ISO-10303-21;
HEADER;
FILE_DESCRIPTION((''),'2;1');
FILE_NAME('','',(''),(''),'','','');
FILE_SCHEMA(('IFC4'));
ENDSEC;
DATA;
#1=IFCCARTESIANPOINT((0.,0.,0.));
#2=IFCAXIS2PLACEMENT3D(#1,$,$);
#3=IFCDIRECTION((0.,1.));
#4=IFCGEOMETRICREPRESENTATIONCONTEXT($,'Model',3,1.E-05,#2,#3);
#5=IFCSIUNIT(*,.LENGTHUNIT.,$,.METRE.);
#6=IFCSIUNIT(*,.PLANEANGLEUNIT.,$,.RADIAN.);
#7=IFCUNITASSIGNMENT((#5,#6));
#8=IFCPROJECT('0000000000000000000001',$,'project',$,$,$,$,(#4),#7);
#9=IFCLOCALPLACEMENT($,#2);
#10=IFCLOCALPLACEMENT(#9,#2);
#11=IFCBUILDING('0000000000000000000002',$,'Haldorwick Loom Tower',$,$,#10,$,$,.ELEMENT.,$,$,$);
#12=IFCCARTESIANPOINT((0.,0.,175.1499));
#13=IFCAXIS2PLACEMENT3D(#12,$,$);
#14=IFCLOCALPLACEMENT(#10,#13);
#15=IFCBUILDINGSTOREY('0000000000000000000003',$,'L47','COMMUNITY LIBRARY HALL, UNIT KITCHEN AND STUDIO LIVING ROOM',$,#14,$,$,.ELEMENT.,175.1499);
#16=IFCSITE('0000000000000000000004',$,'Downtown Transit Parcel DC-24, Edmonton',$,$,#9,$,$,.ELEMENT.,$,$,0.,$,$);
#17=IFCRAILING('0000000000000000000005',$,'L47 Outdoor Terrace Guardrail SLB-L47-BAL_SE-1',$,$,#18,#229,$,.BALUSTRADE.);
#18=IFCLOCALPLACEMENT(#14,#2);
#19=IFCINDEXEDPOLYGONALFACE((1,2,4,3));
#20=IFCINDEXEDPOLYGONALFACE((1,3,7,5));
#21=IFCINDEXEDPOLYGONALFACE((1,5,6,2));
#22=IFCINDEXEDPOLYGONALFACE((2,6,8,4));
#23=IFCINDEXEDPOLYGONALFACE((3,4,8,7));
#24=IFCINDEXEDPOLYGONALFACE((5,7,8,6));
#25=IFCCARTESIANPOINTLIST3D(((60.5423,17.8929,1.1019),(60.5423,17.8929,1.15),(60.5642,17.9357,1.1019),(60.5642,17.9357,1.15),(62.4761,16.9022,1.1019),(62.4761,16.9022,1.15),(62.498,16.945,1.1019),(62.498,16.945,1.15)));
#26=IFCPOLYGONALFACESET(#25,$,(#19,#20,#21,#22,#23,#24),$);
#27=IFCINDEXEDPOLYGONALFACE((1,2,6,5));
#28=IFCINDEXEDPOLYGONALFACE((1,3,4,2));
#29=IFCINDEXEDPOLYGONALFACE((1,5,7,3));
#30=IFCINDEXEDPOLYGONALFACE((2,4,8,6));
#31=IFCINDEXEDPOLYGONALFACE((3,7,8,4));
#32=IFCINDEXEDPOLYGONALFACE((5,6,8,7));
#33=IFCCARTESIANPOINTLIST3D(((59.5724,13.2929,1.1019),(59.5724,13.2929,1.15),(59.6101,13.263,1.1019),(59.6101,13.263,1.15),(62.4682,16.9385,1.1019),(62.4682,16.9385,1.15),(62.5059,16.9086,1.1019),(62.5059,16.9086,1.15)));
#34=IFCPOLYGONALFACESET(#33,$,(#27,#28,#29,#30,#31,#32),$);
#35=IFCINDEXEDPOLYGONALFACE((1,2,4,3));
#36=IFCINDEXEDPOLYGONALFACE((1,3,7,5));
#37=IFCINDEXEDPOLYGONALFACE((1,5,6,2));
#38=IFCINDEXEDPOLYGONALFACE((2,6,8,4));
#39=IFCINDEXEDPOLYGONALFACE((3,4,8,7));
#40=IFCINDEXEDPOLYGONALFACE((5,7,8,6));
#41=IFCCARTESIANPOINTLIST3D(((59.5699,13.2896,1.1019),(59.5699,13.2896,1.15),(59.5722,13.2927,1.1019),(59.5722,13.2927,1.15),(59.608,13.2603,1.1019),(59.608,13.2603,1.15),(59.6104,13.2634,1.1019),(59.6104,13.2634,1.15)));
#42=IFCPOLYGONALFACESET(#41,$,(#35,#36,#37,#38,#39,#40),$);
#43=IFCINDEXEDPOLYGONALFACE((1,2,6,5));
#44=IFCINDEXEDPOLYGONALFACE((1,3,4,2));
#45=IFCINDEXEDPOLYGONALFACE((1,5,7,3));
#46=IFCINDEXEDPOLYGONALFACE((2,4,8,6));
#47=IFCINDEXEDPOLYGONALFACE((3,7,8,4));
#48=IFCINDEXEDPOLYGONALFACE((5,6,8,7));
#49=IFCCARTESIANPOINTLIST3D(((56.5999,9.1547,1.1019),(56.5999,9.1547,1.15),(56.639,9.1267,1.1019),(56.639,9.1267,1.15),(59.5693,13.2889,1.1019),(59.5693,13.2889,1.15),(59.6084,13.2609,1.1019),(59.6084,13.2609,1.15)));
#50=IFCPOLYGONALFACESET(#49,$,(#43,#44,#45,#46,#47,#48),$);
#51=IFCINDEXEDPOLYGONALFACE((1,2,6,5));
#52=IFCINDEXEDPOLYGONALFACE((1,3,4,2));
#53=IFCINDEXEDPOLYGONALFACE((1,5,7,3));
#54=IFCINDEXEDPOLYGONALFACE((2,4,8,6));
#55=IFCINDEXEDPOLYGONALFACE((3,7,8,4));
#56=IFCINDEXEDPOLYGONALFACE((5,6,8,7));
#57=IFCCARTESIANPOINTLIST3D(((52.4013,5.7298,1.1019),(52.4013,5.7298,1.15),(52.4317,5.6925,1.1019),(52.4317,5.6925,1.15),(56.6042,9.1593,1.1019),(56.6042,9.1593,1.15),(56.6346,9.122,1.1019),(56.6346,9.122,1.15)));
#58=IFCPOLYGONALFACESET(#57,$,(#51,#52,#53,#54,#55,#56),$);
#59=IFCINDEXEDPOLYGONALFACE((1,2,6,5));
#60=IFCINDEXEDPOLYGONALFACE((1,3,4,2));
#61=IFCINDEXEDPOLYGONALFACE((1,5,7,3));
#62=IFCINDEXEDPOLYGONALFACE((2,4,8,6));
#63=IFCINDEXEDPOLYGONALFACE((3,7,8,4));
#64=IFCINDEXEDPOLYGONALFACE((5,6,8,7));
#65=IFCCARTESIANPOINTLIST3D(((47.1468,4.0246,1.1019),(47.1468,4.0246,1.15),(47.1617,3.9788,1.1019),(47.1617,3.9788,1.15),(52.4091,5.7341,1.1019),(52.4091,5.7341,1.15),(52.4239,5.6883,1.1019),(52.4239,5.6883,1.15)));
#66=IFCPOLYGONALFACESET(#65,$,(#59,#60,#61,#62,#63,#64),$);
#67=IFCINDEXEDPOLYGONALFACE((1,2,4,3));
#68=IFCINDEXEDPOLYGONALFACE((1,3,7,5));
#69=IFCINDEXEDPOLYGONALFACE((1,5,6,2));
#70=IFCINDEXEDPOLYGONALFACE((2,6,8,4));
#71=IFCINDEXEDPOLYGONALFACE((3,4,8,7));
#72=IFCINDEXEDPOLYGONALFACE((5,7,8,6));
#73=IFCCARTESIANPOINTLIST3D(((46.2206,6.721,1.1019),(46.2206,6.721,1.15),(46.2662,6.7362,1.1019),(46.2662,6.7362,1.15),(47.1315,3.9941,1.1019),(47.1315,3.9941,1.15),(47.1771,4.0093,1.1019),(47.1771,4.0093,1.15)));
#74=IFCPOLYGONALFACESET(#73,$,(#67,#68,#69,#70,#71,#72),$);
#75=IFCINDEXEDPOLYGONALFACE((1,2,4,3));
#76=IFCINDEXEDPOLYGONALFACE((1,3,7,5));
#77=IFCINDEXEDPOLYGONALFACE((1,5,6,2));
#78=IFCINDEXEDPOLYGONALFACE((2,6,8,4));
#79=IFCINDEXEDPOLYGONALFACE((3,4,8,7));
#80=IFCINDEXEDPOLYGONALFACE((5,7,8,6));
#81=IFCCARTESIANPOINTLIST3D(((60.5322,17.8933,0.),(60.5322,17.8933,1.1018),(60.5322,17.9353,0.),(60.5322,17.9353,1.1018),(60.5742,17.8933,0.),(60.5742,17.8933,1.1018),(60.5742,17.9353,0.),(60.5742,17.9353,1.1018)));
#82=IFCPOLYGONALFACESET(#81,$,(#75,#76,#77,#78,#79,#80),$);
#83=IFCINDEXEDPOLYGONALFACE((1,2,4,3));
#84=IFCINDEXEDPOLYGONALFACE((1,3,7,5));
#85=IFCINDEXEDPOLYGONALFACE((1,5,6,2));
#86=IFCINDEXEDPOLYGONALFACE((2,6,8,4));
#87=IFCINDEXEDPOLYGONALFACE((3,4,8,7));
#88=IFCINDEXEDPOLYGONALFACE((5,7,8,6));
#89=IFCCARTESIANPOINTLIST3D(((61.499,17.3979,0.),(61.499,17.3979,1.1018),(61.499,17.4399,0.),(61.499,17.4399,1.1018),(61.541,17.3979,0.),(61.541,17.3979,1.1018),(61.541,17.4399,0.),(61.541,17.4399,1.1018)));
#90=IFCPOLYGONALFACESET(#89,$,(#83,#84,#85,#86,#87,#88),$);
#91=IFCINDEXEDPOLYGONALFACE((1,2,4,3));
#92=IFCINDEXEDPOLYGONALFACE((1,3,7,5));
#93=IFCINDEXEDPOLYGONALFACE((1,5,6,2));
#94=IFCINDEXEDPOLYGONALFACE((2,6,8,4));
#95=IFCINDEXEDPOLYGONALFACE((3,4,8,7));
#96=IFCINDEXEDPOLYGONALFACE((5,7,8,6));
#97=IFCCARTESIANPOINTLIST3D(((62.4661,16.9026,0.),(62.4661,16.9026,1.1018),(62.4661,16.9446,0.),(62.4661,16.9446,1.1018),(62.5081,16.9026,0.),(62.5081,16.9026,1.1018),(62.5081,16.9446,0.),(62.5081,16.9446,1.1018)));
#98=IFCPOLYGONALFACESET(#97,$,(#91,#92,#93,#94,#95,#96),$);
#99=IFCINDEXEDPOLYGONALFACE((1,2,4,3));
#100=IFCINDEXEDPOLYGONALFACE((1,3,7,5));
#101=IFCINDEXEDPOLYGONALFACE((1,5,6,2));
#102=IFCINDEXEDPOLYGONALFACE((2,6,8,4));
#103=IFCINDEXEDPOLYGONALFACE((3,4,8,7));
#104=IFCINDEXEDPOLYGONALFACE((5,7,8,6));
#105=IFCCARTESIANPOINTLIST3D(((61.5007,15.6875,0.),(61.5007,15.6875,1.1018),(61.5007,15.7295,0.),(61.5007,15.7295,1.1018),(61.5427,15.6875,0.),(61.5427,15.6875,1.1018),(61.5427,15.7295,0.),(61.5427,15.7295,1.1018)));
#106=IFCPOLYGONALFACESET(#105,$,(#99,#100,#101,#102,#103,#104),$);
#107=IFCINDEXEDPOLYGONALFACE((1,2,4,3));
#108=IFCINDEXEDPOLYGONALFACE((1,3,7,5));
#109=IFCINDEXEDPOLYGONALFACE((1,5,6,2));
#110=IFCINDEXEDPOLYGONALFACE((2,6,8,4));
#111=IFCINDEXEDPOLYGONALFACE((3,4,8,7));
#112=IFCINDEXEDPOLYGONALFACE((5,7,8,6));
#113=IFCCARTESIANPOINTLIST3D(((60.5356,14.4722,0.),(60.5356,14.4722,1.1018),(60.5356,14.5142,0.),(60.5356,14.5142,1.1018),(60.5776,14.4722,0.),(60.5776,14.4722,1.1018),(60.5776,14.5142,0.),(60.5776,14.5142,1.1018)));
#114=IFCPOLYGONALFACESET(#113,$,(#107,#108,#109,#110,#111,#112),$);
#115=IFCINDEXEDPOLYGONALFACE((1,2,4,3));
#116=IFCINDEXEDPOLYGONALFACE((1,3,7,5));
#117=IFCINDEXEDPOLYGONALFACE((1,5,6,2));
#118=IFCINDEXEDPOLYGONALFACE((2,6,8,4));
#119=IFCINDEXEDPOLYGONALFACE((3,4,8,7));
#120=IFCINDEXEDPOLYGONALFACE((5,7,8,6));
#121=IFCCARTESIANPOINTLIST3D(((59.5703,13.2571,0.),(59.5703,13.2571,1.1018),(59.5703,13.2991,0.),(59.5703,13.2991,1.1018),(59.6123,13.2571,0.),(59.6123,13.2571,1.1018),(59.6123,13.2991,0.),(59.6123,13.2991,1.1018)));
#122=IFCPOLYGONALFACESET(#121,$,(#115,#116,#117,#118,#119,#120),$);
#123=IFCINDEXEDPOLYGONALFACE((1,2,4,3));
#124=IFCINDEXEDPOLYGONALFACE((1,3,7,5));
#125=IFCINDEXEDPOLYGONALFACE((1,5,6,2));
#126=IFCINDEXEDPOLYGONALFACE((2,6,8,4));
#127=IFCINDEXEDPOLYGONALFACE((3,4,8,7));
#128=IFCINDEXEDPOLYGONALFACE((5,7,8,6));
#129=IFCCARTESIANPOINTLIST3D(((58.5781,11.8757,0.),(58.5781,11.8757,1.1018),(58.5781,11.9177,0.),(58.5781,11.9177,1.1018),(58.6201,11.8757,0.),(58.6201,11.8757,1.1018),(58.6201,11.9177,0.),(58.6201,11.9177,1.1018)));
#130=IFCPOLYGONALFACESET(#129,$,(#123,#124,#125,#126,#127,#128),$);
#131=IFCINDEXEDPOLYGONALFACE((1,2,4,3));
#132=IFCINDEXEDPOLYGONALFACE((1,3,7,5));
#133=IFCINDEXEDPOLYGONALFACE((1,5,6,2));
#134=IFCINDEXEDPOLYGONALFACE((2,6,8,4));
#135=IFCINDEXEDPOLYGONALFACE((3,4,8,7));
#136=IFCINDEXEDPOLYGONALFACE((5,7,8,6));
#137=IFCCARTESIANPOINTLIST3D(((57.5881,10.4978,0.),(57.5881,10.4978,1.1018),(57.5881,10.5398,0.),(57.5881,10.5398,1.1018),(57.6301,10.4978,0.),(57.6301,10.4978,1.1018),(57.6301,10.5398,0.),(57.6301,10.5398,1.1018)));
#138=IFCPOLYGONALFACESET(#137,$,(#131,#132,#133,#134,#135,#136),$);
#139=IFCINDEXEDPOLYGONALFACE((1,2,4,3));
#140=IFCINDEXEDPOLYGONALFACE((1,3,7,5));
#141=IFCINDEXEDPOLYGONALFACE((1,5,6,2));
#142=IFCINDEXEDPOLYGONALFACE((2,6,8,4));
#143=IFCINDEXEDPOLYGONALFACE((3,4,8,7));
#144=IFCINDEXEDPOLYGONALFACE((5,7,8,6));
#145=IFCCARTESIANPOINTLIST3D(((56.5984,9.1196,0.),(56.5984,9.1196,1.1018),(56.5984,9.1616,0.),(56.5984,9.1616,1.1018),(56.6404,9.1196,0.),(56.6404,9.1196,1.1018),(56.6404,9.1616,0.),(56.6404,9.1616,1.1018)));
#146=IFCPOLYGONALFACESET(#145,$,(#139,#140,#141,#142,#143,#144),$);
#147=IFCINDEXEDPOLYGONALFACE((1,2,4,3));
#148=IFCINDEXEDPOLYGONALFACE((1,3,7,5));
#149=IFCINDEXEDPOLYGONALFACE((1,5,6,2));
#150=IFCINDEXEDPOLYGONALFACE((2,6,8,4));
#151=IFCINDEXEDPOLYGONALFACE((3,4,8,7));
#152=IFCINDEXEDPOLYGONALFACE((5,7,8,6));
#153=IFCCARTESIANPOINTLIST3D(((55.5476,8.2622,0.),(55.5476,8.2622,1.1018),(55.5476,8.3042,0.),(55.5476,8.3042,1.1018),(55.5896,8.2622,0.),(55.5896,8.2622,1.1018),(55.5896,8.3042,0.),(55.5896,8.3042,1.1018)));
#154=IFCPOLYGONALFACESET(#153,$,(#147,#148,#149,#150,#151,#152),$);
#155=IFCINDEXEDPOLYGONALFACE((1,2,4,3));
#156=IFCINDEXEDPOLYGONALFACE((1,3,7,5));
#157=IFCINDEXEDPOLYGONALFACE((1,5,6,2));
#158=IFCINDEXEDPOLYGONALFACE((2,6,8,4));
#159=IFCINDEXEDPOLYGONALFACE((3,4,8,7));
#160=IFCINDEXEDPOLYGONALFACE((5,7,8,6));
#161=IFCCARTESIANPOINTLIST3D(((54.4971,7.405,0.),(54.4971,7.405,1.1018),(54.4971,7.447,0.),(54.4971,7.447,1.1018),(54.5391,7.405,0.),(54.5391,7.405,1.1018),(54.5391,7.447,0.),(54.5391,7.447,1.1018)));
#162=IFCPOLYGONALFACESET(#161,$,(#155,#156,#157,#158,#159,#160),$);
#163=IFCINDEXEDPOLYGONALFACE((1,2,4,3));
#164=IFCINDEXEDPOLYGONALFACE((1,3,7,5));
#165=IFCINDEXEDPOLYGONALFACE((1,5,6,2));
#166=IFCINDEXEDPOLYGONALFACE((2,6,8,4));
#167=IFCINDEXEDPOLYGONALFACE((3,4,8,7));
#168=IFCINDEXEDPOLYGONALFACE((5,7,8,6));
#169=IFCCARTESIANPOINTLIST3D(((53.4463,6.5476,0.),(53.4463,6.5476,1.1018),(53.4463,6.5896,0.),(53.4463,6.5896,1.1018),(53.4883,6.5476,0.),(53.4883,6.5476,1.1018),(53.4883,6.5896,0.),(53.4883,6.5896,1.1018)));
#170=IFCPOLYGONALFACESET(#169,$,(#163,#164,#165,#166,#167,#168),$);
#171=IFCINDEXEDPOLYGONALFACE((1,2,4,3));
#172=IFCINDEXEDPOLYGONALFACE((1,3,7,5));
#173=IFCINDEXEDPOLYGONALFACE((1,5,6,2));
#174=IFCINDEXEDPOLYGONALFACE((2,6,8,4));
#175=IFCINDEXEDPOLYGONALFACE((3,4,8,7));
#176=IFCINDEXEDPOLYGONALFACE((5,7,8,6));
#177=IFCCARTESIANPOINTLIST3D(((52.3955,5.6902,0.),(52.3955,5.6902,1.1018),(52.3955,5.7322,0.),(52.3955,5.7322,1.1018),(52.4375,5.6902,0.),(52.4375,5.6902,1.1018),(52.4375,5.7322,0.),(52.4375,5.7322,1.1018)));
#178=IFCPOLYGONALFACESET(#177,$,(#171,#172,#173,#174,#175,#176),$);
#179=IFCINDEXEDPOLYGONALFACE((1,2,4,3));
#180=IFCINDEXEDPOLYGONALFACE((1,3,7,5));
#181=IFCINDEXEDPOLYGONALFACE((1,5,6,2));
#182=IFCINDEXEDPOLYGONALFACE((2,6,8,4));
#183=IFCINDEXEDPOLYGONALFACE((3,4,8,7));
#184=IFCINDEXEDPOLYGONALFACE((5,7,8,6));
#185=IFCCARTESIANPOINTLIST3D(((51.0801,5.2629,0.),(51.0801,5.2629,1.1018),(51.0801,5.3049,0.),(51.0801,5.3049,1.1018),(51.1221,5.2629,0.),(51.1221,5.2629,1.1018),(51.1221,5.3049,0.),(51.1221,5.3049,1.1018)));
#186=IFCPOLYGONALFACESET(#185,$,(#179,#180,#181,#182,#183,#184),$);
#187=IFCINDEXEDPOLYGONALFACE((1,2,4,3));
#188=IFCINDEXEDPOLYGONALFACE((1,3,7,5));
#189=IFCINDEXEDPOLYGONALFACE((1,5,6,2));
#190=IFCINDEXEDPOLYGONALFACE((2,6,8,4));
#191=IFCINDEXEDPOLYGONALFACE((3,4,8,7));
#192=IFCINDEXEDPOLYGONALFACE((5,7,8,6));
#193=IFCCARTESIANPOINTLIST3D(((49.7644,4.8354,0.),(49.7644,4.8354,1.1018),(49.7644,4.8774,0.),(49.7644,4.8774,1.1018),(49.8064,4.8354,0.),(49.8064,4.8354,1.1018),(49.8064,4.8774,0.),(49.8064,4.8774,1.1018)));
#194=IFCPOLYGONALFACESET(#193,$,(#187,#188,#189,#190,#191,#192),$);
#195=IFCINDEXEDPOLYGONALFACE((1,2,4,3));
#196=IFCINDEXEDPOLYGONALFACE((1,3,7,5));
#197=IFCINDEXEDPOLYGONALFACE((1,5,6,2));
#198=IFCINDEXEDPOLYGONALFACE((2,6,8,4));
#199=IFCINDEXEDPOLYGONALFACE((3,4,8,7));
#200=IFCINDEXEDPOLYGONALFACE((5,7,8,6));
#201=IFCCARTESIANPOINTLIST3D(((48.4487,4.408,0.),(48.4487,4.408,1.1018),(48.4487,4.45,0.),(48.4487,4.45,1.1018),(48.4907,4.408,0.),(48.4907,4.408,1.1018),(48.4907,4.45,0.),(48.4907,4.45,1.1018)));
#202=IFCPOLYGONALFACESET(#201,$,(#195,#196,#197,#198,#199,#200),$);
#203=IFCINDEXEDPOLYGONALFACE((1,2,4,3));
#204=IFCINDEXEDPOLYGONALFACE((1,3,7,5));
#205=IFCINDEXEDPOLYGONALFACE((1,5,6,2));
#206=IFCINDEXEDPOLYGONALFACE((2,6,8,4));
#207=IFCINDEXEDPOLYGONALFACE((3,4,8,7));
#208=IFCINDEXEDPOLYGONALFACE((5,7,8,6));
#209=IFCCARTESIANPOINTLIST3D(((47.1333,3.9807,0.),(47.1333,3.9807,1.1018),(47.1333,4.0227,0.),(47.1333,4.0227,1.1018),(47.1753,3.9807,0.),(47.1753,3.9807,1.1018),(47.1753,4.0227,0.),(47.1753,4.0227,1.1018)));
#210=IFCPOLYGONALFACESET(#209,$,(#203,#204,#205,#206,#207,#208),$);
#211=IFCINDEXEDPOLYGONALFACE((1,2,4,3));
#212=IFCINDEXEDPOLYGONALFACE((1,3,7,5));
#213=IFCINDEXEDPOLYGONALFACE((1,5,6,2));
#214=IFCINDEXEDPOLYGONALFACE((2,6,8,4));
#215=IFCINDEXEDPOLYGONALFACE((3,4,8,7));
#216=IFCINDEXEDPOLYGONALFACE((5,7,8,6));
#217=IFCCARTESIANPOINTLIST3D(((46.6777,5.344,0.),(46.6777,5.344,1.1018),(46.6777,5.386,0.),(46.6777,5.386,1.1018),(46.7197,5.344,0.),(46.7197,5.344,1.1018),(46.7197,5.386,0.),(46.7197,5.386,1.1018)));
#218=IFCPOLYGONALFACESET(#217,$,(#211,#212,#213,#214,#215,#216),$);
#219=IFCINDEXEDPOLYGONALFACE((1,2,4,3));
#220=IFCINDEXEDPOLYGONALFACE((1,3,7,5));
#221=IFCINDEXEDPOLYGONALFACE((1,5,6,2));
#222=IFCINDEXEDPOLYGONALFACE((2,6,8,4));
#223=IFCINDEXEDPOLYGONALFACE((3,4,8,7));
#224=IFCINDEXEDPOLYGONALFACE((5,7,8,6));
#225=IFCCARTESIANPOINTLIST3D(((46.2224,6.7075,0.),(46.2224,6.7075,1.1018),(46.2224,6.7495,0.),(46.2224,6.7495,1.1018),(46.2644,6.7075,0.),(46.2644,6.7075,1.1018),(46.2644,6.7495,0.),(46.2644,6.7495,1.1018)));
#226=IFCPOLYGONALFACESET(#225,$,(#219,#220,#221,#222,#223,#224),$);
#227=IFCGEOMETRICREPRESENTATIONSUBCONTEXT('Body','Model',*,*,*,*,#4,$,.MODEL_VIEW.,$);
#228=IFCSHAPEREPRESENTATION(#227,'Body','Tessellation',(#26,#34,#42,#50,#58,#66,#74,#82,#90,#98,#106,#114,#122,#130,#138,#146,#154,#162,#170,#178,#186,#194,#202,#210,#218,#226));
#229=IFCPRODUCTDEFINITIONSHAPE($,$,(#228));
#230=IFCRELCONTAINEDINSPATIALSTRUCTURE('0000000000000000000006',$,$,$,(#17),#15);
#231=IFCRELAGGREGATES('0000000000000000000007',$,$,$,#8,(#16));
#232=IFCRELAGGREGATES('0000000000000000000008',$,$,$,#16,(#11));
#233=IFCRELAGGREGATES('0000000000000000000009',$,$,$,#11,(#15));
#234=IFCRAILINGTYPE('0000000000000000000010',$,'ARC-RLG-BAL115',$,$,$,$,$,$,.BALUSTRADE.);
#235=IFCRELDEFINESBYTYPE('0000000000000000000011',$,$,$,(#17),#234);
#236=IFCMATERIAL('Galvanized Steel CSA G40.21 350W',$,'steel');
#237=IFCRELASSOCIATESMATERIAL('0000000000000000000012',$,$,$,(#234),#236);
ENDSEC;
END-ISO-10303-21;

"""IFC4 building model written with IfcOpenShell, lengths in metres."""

from ifc_helpers import new_model, si_unit, direction, frame, origin, origin_2d, place, context, subcontext, project, spatial, rectangle, extrude, material, type_object, element, save


model = new_model("IFC4")

# Units and contexts
model_context = context("Model", 3, precision=1e-05, world=origin(), true_north=direction((0.0, 1.0)))
body_context = subcontext(model_context, "Body", "Model", "MODEL_VIEW")
ifc_project = project(units=[si_unit("LENGTHUNIT", "METRE"), si_unit("PLANEANGLEUNIT", "RADIAN")], contexts=[model_context])

# Site, building, storey
site_placement = place(None, origin())
site = spatial("IfcSite", under=ifc_project, at=site_placement, Name="Downtown Transit Parcel DC-24, Edmonton", CompositionType="ELEMENT", RefElevation=0.0)
building_placement = place(site_placement, origin())
building = spatial("IfcBuilding", under=site, at=building_placement, Name="Haldorwick Loom Tower", CompositionType="ELEMENT")
storey_placement = place(building_placement, frame((0.0, 0.0, 175.1499)))
storey = spatial("IfcBuildingStorey", under=building, at=storey_placement, Name="L47", Description="COMMUNITY LIBRARY HALL, UNIT KITCHEN AND STUDIO LIVING ROOM", CompositionType="ELEMENT", Elevation=175.1499)

# Railing
ifc_material_1 = material(Name="Galvanized Steel CSA G40.21 350W", Category="steel")
railing_type = type_object("IfcRailingType", Name="ARC-RLG-BAL115", PredefinedType="BALUSTRADE", material=ifc_material_1)
railing_placement = place(storey_placement, frame((60.5532, 17.9143, 0.0)))
element("IfcRailing", 1, at=railing_placement, inside=storey, type_object=railing_type, Name="L47 Outdoor Terrace Guardrail SLB-L47-BAL_SE-1", PredefinedType="BALUSTRADE", context=body_context, shape_type="SweptSolid", body=[
    extrude(rectangle(XDim=0.0481, YDim=0.0481, at=origin_2d()), frame((0.0, 0.0, 1.126), z_axis=(0.890002, -0.455956, 0.0), x_axis=(0.455956, 0.890002, 0.0)), (0.0, 0.0, 1.0), 2.1729),
    extrude(rectangle(XDim=0.0481, YDim=0.0481, at=origin_2d()), frame((1.9338, -0.9907, 1.126), z_axis=(-0.621986, -0.783028, 0.0), x_axis=(0.783028, -0.621986, 0.0)), (0.0, 0.0, 1.0), 4.6558),
    extrude(rectangle(XDim=0.0481, YDim=0.0481, at=origin_2d()), frame((-0.9619, -4.6362, 1.126), z_axis=(-0.609711, -0.792624, 0.0), x_axis=(0.792624, -0.609711, 0.0)), (0.0, 0.0, 1.0), 0.0039),
    extrude(rectangle(XDim=0.0481, YDim=0.0481, at=origin_2d()), frame((-0.9644, -4.6394, 1.126), z_axis=(-0.583373, -0.812204, 0.0), x_axis=(0.812204, -0.583373, 0.0)), (0.0, 0.0, 1.0), 5.0901),
    extrude(rectangle(XDim=0.0481, YDim=0.0481, at=origin_2d()), frame((-3.9338, -8.7737, 1.126), z_axis=(-0.774795, -0.632213, 0.0), x_axis=(0.632213, -0.774795, 0.0)), (0.0, 0.0, 1.0), 5.4246),
    extrude(rectangle(XDim=0.0481, YDim=0.0481, at=origin_2d()), frame((-8.1367, -12.2031, 1.126), z_axis=(-0.951074, -0.308964, 0.0), x_axis=(0.308964, -0.951074, 0.0)), (0.0, 0.0, 1.0), 5.533),
    extrude(rectangle(XDim=0.0481, YDim=0.0481, at=origin_2d()), frame((-13.3989, -13.9126, 1.126), z_axis=(-0.316839, 0.948479, 0.0), x_axis=(-0.948479, -0.316839, 0.0)), (0.0, 0.0, 1.0), 2.875),
    extrude(rectangle(XDim=0.042, YDim=0.042, at=origin_2d()), origin(), (0.0, 0.0, 1.0), 1.1018),
    extrude(rectangle(XDim=0.042, YDim=0.042, at=origin_2d()), frame((0.9668, -0.4954, 0.0)), (0.0, 0.0, 1.0), 1.1018),
    extrude(rectangle(XDim=0.042, YDim=0.042, at=origin_2d()), frame((1.9338, -0.9907, 0.0)), (0.0, 0.0, 1.0), 1.1018),
    extrude(rectangle(XDim=0.042, YDim=0.042, at=origin_2d()), frame((0.9685, -2.2058, 0.0)), (0.0, 0.0, 1.0), 1.1018),
    extrude(rectangle(XDim=0.042, YDim=0.042, at=origin_2d()), frame((0.0034, -3.4211, 0.0)), (0.0, 0.0, 1.0), 1.1018),
    extrude(rectangle(XDim=0.042, YDim=0.042, at=origin_2d()), frame((-0.9619, -4.6362, 0.0)), (0.0, 0.0, 1.0), 1.1018),
    extrude(rectangle(XDim=0.042, YDim=0.042, at=origin_2d()), frame((-1.9541, -6.0176, 0.0)), (0.0, 0.0, 1.0), 1.1018),
    extrude(rectangle(XDim=0.042, YDim=0.042, at=origin_2d()), frame((-2.9441, -7.3955, 0.0)), (0.0, 0.0, 1.0), 1.1018),
    extrude(rectangle(XDim=0.042, YDim=0.042, at=origin_2d()), frame((-3.9338, -8.7737, 0.0)), (0.0, 0.0, 1.0), 1.1018),
    extrude(rectangle(XDim=0.042, YDim=0.042, at=origin_2d()), frame((-4.9846, -9.6311, 0.0)), (0.0, 0.0, 1.0), 1.1018),
    extrude(rectangle(XDim=0.042, YDim=0.042, at=origin_2d()), frame((-6.0352, -10.4883, 0.0)), (0.0, 0.0, 1.0), 1.1018),
    extrude(rectangle(XDim=0.042, YDim=0.042, at=origin_2d()), frame((-7.0859, -11.3457, 0.0)), (0.0, 0.0, 1.0), 1.1018),
    extrude(rectangle(XDim=0.042, YDim=0.042, at=origin_2d()), frame((-8.1367, -12.2031, 0.0)), (0.0, 0.0, 1.0), 1.1018),
    extrude(rectangle(XDim=0.042, YDim=0.042, at=origin_2d()), frame((-9.4521, -12.6304, 0.0)), (0.0, 0.0, 1.0), 1.1018),
    extrude(rectangle(XDim=0.042, YDim=0.042, at=origin_2d()), frame((-10.7678, -13.0579, 0.0)), (0.0, 0.0, 1.0), 1.1018),
    extrude(rectangle(XDim=0.042, YDim=0.042, at=origin_2d()), frame((-12.0835, -13.4854, 0.0)), (0.0, 0.0, 1.0), 1.1018),
    extrude(rectangle(XDim=0.042, YDim=0.042, at=origin_2d()), frame((-13.3989, -13.9126, 0.0)), (0.0, 0.0, 1.0), 1.1018),
    extrude(rectangle(XDim=0.042, YDim=0.042, at=origin_2d()), frame((-13.8545, -12.5493, 0.0)), (0.0, 0.0, 1.0), 1.1018),
    extrude(rectangle(XDim=0.042, YDim=0.042, at=origin_2d()), frame((-14.3098, -11.1858, 0.0)), (0.0, 0.0, 1.0), 1.1018),
])

save(model, "model.ifc")
